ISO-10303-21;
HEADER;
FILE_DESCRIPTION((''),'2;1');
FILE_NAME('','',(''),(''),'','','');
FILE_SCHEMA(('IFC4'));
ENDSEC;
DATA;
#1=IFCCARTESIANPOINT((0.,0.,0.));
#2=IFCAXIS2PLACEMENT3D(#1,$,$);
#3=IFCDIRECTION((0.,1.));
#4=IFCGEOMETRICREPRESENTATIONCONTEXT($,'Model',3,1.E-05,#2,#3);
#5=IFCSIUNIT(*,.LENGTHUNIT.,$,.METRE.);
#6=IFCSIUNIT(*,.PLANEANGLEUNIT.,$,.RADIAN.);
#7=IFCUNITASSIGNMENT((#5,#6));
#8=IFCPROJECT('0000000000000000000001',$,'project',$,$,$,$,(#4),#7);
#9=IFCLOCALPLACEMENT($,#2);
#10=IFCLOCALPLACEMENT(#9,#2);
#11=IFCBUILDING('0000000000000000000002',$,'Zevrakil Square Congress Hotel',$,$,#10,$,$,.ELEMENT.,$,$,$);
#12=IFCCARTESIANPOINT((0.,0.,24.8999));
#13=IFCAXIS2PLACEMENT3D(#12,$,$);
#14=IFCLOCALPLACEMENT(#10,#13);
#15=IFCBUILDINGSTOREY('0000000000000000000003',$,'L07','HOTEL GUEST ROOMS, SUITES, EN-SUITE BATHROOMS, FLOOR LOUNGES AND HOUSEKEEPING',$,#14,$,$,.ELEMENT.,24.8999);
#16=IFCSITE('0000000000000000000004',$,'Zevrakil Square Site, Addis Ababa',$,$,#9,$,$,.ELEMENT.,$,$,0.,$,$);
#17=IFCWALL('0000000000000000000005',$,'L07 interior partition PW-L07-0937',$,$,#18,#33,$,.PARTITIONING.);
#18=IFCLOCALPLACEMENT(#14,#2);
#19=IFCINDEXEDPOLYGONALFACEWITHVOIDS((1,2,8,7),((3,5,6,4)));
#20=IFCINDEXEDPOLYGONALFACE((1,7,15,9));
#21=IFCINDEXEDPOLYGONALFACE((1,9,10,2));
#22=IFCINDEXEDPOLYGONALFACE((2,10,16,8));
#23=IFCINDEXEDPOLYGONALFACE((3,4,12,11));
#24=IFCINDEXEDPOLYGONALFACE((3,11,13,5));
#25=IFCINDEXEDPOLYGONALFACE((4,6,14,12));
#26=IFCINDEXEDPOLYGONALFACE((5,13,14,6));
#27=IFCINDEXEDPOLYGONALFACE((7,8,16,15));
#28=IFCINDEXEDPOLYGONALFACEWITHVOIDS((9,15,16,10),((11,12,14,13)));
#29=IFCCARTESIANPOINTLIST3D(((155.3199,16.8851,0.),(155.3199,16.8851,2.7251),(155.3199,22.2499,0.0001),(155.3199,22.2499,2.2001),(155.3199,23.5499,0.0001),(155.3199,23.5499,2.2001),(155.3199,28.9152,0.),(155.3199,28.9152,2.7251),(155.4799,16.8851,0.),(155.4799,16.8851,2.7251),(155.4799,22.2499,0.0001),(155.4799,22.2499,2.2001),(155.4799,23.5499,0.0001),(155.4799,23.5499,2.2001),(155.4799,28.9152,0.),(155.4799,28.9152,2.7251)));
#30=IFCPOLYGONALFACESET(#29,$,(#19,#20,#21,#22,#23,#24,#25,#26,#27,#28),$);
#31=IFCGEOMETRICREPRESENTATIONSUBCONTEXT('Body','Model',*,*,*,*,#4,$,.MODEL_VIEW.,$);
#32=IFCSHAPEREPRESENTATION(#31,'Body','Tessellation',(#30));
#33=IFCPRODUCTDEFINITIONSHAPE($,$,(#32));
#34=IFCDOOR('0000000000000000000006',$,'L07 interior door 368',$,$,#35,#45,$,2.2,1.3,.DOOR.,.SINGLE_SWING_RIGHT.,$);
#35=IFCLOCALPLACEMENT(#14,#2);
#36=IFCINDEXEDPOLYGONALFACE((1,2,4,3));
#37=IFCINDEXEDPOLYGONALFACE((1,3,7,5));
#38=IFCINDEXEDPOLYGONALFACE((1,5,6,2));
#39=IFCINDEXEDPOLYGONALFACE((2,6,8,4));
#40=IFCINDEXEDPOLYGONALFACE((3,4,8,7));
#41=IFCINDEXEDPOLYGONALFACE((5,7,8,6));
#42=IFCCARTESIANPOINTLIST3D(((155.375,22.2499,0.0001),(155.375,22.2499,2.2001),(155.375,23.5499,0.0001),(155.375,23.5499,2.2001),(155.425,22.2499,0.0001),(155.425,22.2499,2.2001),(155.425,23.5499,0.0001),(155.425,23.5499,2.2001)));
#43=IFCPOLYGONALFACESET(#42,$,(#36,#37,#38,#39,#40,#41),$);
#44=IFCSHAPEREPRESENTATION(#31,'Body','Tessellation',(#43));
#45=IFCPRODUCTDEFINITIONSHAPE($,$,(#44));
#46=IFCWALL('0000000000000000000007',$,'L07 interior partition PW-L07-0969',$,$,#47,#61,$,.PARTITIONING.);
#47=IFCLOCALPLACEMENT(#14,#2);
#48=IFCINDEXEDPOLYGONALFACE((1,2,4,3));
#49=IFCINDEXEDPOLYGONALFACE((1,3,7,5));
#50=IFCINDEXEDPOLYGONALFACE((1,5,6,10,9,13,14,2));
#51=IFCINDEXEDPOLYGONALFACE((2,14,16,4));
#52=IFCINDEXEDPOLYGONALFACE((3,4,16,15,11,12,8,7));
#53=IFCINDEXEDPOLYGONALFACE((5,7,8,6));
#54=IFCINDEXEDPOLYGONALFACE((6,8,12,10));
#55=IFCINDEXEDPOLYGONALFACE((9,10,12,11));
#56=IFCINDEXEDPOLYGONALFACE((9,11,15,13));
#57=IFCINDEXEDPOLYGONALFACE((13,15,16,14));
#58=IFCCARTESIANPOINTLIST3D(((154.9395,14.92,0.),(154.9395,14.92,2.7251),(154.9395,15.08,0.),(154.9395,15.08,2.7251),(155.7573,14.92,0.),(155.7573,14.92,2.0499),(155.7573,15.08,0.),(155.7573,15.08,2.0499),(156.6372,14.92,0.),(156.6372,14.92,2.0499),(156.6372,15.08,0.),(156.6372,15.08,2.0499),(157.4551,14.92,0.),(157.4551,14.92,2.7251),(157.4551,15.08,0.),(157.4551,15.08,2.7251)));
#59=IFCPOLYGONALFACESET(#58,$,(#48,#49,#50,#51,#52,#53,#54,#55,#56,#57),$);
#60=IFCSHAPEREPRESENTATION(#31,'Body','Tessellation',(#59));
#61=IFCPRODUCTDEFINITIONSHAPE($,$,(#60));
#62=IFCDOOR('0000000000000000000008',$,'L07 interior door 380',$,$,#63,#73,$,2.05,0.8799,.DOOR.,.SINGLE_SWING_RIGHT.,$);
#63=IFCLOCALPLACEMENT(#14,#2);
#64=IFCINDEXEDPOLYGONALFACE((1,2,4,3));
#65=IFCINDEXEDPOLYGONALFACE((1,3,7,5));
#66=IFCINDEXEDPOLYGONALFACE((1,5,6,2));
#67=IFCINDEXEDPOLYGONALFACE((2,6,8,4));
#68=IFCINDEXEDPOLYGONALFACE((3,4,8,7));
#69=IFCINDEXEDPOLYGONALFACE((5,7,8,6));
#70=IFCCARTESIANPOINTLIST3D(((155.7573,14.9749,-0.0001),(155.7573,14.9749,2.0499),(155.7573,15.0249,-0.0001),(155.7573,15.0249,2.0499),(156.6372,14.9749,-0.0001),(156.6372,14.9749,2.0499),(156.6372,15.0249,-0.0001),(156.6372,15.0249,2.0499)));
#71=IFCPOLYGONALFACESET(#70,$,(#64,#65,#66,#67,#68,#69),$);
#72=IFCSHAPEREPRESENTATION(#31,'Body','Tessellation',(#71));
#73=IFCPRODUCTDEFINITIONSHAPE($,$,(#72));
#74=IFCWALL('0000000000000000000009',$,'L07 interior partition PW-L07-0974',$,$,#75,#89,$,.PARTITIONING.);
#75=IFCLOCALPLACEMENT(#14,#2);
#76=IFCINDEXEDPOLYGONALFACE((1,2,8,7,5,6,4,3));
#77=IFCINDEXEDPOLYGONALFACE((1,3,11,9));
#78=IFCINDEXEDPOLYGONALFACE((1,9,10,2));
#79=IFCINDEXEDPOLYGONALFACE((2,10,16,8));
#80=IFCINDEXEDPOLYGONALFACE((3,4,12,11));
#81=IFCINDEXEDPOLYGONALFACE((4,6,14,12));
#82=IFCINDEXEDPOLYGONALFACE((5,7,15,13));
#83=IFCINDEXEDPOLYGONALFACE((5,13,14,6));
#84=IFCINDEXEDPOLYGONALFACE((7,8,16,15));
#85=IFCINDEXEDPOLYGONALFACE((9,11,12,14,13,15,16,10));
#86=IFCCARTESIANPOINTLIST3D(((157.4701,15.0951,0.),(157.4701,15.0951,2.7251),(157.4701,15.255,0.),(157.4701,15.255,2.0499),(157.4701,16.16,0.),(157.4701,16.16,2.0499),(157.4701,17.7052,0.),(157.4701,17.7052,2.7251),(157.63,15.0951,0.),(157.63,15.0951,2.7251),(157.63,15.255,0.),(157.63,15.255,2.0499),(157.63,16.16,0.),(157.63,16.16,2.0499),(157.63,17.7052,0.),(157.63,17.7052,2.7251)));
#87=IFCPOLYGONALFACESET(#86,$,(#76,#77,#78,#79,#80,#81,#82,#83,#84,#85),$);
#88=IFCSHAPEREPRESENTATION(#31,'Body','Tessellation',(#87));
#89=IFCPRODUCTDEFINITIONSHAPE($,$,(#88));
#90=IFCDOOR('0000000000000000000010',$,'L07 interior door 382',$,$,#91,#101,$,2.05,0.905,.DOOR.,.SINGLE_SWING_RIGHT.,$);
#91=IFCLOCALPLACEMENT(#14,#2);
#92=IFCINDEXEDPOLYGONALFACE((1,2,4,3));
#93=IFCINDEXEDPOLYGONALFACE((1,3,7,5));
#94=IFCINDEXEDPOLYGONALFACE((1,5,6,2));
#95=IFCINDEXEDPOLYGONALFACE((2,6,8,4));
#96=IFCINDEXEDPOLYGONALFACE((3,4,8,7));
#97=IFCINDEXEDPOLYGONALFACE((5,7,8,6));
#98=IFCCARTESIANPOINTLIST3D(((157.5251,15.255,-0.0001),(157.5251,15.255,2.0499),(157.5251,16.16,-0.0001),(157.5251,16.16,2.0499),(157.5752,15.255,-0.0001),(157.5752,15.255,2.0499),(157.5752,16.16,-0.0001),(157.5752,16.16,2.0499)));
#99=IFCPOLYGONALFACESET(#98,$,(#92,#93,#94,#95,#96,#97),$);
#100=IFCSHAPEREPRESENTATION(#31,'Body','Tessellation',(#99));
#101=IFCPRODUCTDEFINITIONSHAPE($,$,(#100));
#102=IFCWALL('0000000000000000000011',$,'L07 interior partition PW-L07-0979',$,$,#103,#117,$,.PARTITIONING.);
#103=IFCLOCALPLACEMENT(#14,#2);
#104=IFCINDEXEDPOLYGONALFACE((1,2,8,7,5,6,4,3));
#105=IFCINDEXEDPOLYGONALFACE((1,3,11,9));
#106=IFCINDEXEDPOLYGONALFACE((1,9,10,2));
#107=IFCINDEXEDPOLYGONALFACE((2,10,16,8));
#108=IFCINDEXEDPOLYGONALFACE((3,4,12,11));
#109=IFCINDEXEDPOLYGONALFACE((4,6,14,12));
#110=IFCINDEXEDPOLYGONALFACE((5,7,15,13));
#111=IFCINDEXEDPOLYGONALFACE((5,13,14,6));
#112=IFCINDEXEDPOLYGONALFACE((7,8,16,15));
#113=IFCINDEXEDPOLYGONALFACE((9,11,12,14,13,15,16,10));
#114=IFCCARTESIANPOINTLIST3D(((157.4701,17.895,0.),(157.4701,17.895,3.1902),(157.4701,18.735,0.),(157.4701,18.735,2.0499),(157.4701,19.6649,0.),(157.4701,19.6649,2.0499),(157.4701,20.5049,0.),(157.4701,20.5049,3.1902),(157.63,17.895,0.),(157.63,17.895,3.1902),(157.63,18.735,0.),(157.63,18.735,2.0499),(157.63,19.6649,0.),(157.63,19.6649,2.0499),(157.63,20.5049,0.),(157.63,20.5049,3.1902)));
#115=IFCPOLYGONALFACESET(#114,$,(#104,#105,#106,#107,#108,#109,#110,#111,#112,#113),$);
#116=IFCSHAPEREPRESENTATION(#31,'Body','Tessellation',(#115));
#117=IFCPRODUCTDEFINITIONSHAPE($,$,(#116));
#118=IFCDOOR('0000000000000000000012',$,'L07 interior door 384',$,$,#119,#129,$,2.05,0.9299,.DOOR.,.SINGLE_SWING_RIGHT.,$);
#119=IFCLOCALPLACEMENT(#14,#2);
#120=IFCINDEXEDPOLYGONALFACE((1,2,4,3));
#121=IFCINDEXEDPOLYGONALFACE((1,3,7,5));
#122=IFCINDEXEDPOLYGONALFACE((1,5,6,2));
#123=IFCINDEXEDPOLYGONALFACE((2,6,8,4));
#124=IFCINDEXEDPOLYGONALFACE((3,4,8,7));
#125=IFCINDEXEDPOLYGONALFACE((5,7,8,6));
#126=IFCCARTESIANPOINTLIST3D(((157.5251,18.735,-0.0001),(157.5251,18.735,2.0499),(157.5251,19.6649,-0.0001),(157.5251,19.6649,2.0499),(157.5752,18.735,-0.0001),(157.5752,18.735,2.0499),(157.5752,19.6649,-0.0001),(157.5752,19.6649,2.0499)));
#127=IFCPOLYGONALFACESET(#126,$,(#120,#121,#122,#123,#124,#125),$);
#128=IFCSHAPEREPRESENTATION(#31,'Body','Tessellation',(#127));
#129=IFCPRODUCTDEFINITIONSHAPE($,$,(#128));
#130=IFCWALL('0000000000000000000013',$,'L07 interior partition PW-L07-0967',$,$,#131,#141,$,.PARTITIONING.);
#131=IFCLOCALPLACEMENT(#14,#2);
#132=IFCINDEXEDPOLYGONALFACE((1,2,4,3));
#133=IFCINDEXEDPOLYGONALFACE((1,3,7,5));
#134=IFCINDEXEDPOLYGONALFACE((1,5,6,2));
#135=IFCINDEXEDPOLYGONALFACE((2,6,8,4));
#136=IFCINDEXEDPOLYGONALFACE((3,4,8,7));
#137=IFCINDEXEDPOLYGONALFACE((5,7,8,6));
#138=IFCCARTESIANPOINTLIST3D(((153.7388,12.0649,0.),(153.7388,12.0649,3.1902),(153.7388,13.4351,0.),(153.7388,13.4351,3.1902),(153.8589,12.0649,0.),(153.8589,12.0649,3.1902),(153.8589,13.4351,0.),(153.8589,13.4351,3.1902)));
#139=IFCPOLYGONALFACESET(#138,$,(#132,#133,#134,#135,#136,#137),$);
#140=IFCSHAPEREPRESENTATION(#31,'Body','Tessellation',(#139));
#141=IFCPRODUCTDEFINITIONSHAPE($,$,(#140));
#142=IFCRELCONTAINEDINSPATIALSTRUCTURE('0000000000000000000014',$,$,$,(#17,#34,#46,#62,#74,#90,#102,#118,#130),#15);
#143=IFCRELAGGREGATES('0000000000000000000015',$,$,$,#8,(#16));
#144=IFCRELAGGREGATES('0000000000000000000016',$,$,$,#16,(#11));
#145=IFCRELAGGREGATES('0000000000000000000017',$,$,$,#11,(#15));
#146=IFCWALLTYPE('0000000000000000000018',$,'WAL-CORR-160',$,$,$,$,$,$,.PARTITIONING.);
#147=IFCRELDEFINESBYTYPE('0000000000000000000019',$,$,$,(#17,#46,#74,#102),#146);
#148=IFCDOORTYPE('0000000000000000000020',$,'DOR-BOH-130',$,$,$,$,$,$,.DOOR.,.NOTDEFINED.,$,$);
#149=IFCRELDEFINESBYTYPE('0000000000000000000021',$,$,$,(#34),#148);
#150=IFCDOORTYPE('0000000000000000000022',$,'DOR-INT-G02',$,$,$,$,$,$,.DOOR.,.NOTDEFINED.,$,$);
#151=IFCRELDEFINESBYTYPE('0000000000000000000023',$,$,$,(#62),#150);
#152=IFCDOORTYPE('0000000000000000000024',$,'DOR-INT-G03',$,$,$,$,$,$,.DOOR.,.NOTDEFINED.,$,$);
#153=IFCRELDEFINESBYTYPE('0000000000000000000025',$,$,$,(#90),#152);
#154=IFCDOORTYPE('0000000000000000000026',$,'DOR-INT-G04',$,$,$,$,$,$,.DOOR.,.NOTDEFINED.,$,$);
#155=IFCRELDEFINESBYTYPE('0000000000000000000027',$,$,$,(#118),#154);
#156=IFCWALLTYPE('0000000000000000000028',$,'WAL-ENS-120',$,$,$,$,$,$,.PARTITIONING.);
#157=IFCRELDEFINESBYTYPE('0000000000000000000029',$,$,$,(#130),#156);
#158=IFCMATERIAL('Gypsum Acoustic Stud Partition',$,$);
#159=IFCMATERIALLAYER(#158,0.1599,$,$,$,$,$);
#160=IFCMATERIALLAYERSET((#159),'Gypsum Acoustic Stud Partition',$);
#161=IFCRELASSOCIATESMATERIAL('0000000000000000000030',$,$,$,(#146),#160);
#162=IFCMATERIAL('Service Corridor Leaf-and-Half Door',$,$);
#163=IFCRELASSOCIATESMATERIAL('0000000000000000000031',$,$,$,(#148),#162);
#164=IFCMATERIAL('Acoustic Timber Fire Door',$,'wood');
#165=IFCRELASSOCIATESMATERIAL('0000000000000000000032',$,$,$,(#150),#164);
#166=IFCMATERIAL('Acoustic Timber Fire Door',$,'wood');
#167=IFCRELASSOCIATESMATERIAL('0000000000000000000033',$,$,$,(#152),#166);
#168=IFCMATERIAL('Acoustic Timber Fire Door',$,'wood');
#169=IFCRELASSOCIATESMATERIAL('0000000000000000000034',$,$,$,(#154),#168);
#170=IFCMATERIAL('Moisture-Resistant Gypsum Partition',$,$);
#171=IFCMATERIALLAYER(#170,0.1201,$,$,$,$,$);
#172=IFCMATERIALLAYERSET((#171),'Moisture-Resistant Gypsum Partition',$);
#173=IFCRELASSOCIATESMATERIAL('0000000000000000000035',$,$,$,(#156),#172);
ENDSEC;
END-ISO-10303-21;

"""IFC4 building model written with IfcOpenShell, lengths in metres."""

from ifc_helpers import new_model, si_unit, direction, frame, frame_2d, origin, place, context, subcontext, project, spatial, rectangle, extrude, material, layer, layer_set, type_object, element, fill, save


model = new_model("IFC4")

# Units and contexts
model_context = context("Model", 3, precision=1e-05, world=origin(), true_north=direction((0.0, 1.0)))
body_context = subcontext(model_context, "Body", "Model", "MODEL_VIEW")
ifc_project = project(units=[si_unit("LENGTHUNIT", "METRE"), si_unit("PLANEANGLEUNIT", "RADIAN")], contexts=[model_context])

# Site, building, storey
site_placement = place(None, origin())
site = spatial("IfcSite", under=ifc_project, at=site_placement, Name="Zevrakil Square Site, Addis Ababa", CompositionType="ELEMENT", RefElevation=0.0)
building_placement = place(site_placement, origin())
building = spatial("IfcBuilding", under=site, at=building_placement, Name="Zevrakil Square Congress Hotel", CompositionType="ELEMENT")
storey_placement = place(building_placement, frame((0.0, 0.0, 24.8999)))
storey = spatial("IfcBuildingStorey", under=building, at=storey_placement, Name="L07", Description="HOTEL GUEST ROOMS, SUITES, EN-SUITE BATHROOMS, FLOOR LOUNGES AND HOUSEKEEPING", CompositionType="ELEMENT", Elevation=24.8999)

# Walls, openings, doors
ifc_material_1 = material(Name="Gypsum Acoustic Stud Partition")
ifc_layer_1 = layer(ifc_material_1, 0.1599)
ifc_layer_set_1 = layer_set([ifc_layer_1], Name="Gypsum Acoustic Stud Partition")
wall_type_1 = type_object("IfcWallType", Name="WAL-CORR-160", PredefinedType="PARTITIONING", material=ifc_layer_set_1)
wall_1_placement = place(storey_placement, frame((155.3999, 16.885, 0.0), z_axis=(0.0, 0.0, 1.0), x_axis=(0.0, 1.0, 0.0)))
wall_1 = element("IfcWall", 1, at=wall_1_placement, inside=storey, type_object=wall_type_1, Name="L07 interior partition PW-L07-0937", PredefinedType="PARTITIONING", context=body_context, shape_type="SweptSolid", body=[
    extrude(rectangle(XDim=12.03, YDim=0.1599, at=frame_2d((6.0151, 0.0))), origin(), (0.0, 0.0, 1.0), 2.7251),
])
opening_1_placement = place(wall_1_placement, frame((5.365, 0.0, 0.0)))
opening_1 = element("IfcOpeningElement", 2, at=opening_1_placement, cuts=wall_1, PredefinedType="OPENING", context=body_context, shape_type="SweptSolid", body=[
    extrude(rectangle(XDim=1.3, YDim=2.2, at=frame_2d((0.6499, 1.1001))), frame((0.0, 0.0898, 0.0), z_axis=(0.0, -1.0, 0.0), x_axis=(1.0, 0.0, 0.0)), (0.0, 0.0, 1.0), 0.1799),
])
ifc_material_2 = material(Name="Service Corridor Leaf-and-Half Door")
door_type_1 = type_object("IfcDoorType", Name="DOR-BOH-130", OperationType="NOTDEFINED", PredefinedType="DOOR", material=ifc_material_2)
door_1_placement = place(opening_1_placement, origin())
door_1 = element("IfcDoor", 3, at=door_1_placement, inside=storey, type_object=door_type_1, Name="L07 interior door 368", OperationType="SINGLE_SWING_RIGHT", OverallHeight=2.2, OverallWidth=1.3, PredefinedType="DOOR", context=body_context, shape_type="SweptSolid", body=[
    extrude(rectangle(XDim=1.3, YDim=2.2, at=frame_2d((0.6499, 1.1001))), frame((0.0, 0.0249, 0.0), z_axis=(0.0, -1.0, 0.0), x_axis=(1.0, 0.0, 0.0)), (0.0, 0.0, 1.0), 0.05),
])
fill(opening_1, door_1)
wall_2_placement = place(storey_placement, frame((154.9395, 15.0, 0.0), z_axis=(0.0, 0.0, 1.0), x_axis=(1.0, 0.0, 0.0)))
wall_2 = element("IfcWall", 4, at=wall_2_placement, inside=storey, type_object=wall_type_1, Name="L07 interior partition PW-L07-0969", PredefinedType="PARTITIONING", context=body_context, shape_type="SweptSolid", body=[
    extrude(rectangle(XDim=2.5156, YDim=0.1599, at=frame_2d((1.2578, 0.0))), origin(), (0.0, 0.0, 1.0), 2.7251),
])
opening_2_placement = place(wall_2_placement, frame((0.8179, 0.0, 0.0)))
opening_2 = element("IfcOpeningElement", 5, at=opening_2_placement, cuts=wall_2, PredefinedType="OPENING", context=body_context, shape_type="SweptSolid", body=[
    extrude(rectangle(XDim=0.8799, YDim=2.05, at=frame_2d((0.4399, 1.0249))), frame((0.0, 0.0898, 0.0), z_axis=(0.0, -1.0, 0.0), x_axis=(1.0, 0.0, 0.0)), (0.0, 0.0, 1.0), 0.1799),
])
ifc_material_3 = material(Name="Acoustic Timber Fire Door", Category="wood")
door_type_2 = type_object("IfcDoorType", Name="DOR-INT-G02", OperationType="NOTDEFINED", PredefinedType="DOOR", material=ifc_material_3)
door_2_placement = place(opening_2_placement, origin())
door_2 = element("IfcDoor", 6, at=door_2_placement, inside=storey, type_object=door_type_2, Name="L07 interior door 380", OperationType="SINGLE_SWING_RIGHT", OverallHeight=2.05, OverallWidth=0.8799, PredefinedType="DOOR", context=body_context, shape_type="SweptSolid", body=[
    extrude(rectangle(XDim=0.8799, YDim=2.05, at=frame_2d((0.4399, 1.0249))), frame((0.0, 0.0249, 0.0), z_axis=(0.0, -1.0, 0.0), x_axis=(1.0, 0.0, 0.0)), (0.0, 0.0, 1.0), 0.05),
])
fill(opening_2, door_2)
wall_3_placement = place(storey_placement, frame((157.55, 15.095, 0.0), z_axis=(0.0, 0.0, 1.0), x_axis=(0.0, 1.0, 0.0)))
wall_3 = element("IfcWall", 7, at=wall_3_placement, inside=storey, type_object=wall_type_1, Name="L07 interior partition PW-L07-0974", PredefinedType="PARTITIONING", context=body_context, shape_type="SweptSolid", body=[
    extrude(rectangle(XDim=2.6101, YDim=0.1599, at=frame_2d((1.3052, 0.0))), origin(), (0.0, 0.0, 1.0), 2.7251),
])
opening_3_placement = place(wall_3_placement, frame((0.1599, 0.0, 0.0)))
opening_3 = element("IfcOpeningElement", 8, at=opening_3_placement, cuts=wall_3, PredefinedType="OPENING", context=body_context, shape_type="SweptSolid", body=[
    extrude(rectangle(XDim=0.905, YDim=2.05, at=frame_2d((0.4526, 1.0249))), frame((0.0, 0.0898, 0.0), z_axis=(0.0, -1.0, 0.0), x_axis=(1.0, 0.0, 0.0)), (0.0, 0.0, 1.0), 0.1799),
])
ifc_material_4 = material(Name="Acoustic Timber Fire Door", Category="wood")
door_type_3 = type_object("IfcDoorType", Name="DOR-INT-G03", OperationType="NOTDEFINED", PredefinedType="DOOR", material=ifc_material_4)
door_3_placement = place(opening_3_placement, origin())
door_3 = element("IfcDoor", 9, at=door_3_placement, inside=storey, type_object=door_type_3, Name="L07 interior door 382", OperationType="SINGLE_SWING_RIGHT", OverallHeight=2.05, OverallWidth=0.905, PredefinedType="DOOR", context=body_context, shape_type="SweptSolid", body=[
    extrude(rectangle(XDim=0.905, YDim=2.05, at=frame_2d((0.4526, 1.0249))), frame((0.0, 0.0249, 0.0), z_axis=(0.0, -1.0, 0.0), x_axis=(1.0, 0.0, 0.0)), (0.0, 0.0, 1.0), 0.05),
])
fill(opening_3, door_3)
wall_4_placement = place(storey_placement, frame((157.55, 17.895, 0.0), z_axis=(0.0, 0.0, 1.0), x_axis=(0.0, 1.0, 0.0)))
wall_4 = element("IfcWall", 10, at=wall_4_placement, inside=storey, type_object=wall_type_1, Name="L07 interior partition PW-L07-0979", PredefinedType="PARTITIONING", context=body_context, shape_type="SweptSolid", body=[
    extrude(rectangle(XDim=2.6099, YDim=0.1599, at=frame_2d((1.3049, 0.0))), origin(), (0.0, 0.0, 1.0), 3.1902),
])
opening_4_placement = place(wall_4_placement, frame((0.8401, 0.0, 0.0)))
opening_4 = element("IfcOpeningElement", 11, at=opening_4_placement, cuts=wall_4, PredefinedType="OPENING", context=body_context, shape_type="SweptSolid", body=[
    extrude(rectangle(XDim=0.9299, YDim=2.05, at=frame_2d((0.4648, 1.0249))), frame((0.0, 0.0898, 0.0), z_axis=(0.0, -1.0, 0.0), x_axis=(1.0, 0.0, 0.0)), (0.0, 0.0, 1.0), 0.1799),
])
ifc_material_5 = material(Name="Acoustic Timber Fire Door", Category="wood")
door_type_4 = type_object("IfcDoorType", Name="DOR-INT-G04", OperationType="NOTDEFINED", PredefinedType="DOOR", material=ifc_material_5)
door_4_placement = place(opening_4_placement, origin())
door_4 = element("IfcDoor", 12, at=door_4_placement, inside=storey, type_object=door_type_4, Name="L07 interior door 384", OperationType="SINGLE_SWING_RIGHT", OverallHeight=2.05, OverallWidth=0.9299, PredefinedType="DOOR", context=body_context, shape_type="SweptSolid", body=[
    extrude(rectangle(XDim=0.9299, YDim=2.05, at=frame_2d((0.4648, 1.0249))), frame((0.0, 0.0249, 0.0), z_axis=(0.0, -1.0, 0.0), x_axis=(1.0, 0.0, 0.0)), (0.0, 0.0, 1.0), 0.05),
])
fill(opening_4, door_4)

# Wall
ifc_material_6 = material(Name="Moisture-Resistant Gypsum Partition")
ifc_layer_2 = layer(ifc_material_6, 0.1201)
ifc_layer_set_2 = layer_set([ifc_layer_2], Name="Moisture-Resistant Gypsum Partition")
wall_type_2 = type_object("IfcWallType", Name="WAL-ENS-120", PredefinedType="PARTITIONING", material=ifc_layer_set_2)
wall_5_placement = place(storey_placement, frame((153.7988, 12.0649, 0.0), z_axis=(0.0, 0.0, 1.0), x_axis=(0.0, 1.0, 0.0)))
element("IfcWall", 13, at=wall_5_placement, inside=storey, type_object=wall_type_2, Name="L07 interior partition PW-L07-0967", PredefinedType="PARTITIONING", context=body_context, shape_type="SweptSolid", body=[
    extrude(rectangle(XDim=1.3701, YDim=0.1201, at=frame_2d((0.6851, 0.0))), origin(), (0.0, 0.0, 1.0), 3.1902),
])

save(model, "model.ifc")
